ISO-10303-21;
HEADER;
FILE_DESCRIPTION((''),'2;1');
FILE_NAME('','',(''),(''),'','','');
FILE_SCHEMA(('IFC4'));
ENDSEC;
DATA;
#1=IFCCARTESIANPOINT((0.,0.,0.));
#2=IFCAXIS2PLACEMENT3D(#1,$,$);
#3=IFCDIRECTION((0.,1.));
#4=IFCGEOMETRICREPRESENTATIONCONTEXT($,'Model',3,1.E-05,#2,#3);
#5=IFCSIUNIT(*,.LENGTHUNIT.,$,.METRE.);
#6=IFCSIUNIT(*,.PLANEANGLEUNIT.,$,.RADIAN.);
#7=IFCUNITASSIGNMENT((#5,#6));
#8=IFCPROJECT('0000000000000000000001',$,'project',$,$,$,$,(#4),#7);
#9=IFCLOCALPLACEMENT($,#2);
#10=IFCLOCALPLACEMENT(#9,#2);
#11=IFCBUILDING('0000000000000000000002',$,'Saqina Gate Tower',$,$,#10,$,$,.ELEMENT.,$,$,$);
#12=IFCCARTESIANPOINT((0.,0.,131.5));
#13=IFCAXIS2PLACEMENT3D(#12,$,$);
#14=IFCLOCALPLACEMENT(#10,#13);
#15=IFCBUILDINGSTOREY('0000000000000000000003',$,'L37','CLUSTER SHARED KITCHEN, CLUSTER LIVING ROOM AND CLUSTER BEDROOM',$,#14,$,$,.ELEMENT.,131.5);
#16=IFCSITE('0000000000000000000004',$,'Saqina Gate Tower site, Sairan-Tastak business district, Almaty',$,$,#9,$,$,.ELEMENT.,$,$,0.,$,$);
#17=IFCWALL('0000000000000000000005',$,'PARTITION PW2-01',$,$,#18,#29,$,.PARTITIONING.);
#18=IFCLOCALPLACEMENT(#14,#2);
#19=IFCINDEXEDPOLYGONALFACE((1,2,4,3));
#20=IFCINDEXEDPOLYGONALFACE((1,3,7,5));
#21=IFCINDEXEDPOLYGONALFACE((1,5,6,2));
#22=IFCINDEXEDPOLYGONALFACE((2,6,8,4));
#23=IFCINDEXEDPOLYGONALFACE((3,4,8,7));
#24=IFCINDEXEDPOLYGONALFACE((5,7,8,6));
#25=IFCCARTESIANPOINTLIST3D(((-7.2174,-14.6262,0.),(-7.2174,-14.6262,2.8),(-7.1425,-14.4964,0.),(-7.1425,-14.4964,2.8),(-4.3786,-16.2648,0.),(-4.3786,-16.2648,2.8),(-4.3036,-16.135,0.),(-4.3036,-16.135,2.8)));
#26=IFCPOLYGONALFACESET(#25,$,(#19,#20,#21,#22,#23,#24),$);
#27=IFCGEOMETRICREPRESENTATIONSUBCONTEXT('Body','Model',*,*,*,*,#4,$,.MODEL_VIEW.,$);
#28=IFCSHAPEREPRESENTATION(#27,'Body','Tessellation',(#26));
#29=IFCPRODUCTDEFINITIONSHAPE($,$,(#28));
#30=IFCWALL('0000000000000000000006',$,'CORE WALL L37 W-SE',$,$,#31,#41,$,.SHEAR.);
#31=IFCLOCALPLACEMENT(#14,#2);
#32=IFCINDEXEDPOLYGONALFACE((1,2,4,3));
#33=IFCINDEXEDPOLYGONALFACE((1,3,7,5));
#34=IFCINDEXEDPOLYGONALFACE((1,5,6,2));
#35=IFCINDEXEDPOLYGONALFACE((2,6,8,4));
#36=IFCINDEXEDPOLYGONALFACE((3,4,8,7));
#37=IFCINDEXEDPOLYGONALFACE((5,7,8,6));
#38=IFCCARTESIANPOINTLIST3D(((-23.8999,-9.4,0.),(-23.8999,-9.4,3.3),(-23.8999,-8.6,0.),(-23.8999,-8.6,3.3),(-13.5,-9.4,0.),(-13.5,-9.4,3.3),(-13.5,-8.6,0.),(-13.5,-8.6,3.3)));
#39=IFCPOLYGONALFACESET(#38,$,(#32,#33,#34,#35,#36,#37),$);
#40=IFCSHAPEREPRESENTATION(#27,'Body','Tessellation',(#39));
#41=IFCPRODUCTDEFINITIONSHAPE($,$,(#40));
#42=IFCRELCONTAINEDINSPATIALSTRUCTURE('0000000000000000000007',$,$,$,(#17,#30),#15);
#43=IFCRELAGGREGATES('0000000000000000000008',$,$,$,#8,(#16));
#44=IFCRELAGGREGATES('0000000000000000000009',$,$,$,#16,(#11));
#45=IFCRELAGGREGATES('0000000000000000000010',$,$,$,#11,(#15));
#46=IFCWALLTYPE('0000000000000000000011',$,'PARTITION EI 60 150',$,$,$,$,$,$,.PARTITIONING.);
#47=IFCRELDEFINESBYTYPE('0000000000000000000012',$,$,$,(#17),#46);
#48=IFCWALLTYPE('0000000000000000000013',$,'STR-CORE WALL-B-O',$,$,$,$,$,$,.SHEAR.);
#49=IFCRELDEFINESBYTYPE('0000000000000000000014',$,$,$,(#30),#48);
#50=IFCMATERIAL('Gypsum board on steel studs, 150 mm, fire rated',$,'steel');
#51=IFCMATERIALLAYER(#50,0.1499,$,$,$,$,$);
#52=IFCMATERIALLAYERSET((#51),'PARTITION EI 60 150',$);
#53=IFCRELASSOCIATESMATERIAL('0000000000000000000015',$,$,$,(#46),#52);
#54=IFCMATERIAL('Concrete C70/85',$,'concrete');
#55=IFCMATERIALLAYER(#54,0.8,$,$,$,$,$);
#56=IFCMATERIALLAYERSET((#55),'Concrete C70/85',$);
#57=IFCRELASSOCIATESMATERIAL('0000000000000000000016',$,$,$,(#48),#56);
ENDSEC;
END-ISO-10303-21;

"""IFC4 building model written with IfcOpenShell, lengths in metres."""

from ifc_helpers import new_model, si_unit, direction, frame, frame_2d, origin, place, context, subcontext, project, spatial, rectangle, extrude, material, layer, layer_set, type_object, element, save


model = new_model("IFC4")

# Units and contexts
model_context = context("Model", 3, precision=1e-05, world=origin(), true_north=direction((0.0, 1.0)))
body_context = subcontext(model_context, "Body", "Model", "MODEL_VIEW")
ifc_project = project(units=[si_unit("LENGTHUNIT", "METRE"), si_unit("PLANEANGLEUNIT", "RADIAN")], contexts=[model_context])

# Site, building, storey
site_placement = place(None, origin())
site = spatial("IfcSite", under=ifc_project, at=site_placement, Name="Saqina Gate Tower site, Sairan-Tastak business district, Almaty", CompositionType="ELEMENT", RefElevation=0.0)
building_placement = place(site_placement, origin())
building = spatial("IfcBuilding", under=site, at=building_placement, Name="Saqina Gate Tower", CompositionType="ELEMENT")
storey_placement = place(building_placement, frame((0.0, 0.0, 131.5)))
storey = spatial("IfcBuildingStorey", under=building, at=storey_placement, Name="L37", Description="CLUSTER SHARED KITCHEN, CLUSTER LIVING ROOM AND CLUSTER BEDROOM", CompositionType="ELEMENT", Elevation=131.5)

# Wall
ifc_material_1 = material(Name="Gypsum board on steel studs, 150 mm, fire rated", Category="steel")
ifc_layer_1 = layer(ifc_material_1, 0.1499)
ifc_layer_set_1 = layer_set([ifc_layer_1], Name="PARTITION EI 60 150")
wall_type_1 = type_object("IfcWallType", Name="PARTITION EI 60 150", PredefinedType="PARTITIONING", material=ifc_layer_set_1)
wall_1_placement = place(storey_placement, frame((-7.1799, -14.5613, 0.0), z_axis=(0.0, 0.0, 1.0), x_axis=(0.866071, -0.49992, 0.0)))
element("IfcWall", 1, at=wall_1_placement, inside=storey, type_object=wall_type_1, Name="PARTITION PW2-01", PredefinedType="PARTITIONING", context=body_context, shape_type="SweptSolid", body=[
    extrude(rectangle(XDim=3.2778, YDim=0.1499, at=frame_2d((1.6389, 0.0))), origin(), (0.0, 0.0, 1.0), 2.8),
])

# Shared definitions
ifc_material_2 = material(Name="Concrete C70/85", Category="concrete")
ifc_layer_2 = layer(ifc_material_2, 0.8)
ifc_layer_set_2 = layer_set([ifc_layer_2], Name="Concrete C70/85")
wall_type_2 = type_object("IfcWallType", Name="STR-CORE WALL-B-O", PredefinedType="SHEAR", material=ifc_layer_set_2)

# Wall
wall_2_placement = place(storey_placement, frame((-13.5, -9.0, 0.0), z_axis=(0.0, 0.0, 1.0), x_axis=(-1.0, 0.0, 0.0)))
element("IfcWall", 2, at=wall_2_placement, inside=storey, type_object=wall_type_2, Name="CORE WALL L37 W-SE", PredefinedType="SHEAR", context=body_context, shape_type="SweptSolid", body=[
    extrude(rectangle(XDim=10.3999, YDim=0.8, at=frame_2d((5.2, 0.0))), origin(), (0.0, 0.0, 1.0), 3.3),
])

save(model, "model.ifc")
